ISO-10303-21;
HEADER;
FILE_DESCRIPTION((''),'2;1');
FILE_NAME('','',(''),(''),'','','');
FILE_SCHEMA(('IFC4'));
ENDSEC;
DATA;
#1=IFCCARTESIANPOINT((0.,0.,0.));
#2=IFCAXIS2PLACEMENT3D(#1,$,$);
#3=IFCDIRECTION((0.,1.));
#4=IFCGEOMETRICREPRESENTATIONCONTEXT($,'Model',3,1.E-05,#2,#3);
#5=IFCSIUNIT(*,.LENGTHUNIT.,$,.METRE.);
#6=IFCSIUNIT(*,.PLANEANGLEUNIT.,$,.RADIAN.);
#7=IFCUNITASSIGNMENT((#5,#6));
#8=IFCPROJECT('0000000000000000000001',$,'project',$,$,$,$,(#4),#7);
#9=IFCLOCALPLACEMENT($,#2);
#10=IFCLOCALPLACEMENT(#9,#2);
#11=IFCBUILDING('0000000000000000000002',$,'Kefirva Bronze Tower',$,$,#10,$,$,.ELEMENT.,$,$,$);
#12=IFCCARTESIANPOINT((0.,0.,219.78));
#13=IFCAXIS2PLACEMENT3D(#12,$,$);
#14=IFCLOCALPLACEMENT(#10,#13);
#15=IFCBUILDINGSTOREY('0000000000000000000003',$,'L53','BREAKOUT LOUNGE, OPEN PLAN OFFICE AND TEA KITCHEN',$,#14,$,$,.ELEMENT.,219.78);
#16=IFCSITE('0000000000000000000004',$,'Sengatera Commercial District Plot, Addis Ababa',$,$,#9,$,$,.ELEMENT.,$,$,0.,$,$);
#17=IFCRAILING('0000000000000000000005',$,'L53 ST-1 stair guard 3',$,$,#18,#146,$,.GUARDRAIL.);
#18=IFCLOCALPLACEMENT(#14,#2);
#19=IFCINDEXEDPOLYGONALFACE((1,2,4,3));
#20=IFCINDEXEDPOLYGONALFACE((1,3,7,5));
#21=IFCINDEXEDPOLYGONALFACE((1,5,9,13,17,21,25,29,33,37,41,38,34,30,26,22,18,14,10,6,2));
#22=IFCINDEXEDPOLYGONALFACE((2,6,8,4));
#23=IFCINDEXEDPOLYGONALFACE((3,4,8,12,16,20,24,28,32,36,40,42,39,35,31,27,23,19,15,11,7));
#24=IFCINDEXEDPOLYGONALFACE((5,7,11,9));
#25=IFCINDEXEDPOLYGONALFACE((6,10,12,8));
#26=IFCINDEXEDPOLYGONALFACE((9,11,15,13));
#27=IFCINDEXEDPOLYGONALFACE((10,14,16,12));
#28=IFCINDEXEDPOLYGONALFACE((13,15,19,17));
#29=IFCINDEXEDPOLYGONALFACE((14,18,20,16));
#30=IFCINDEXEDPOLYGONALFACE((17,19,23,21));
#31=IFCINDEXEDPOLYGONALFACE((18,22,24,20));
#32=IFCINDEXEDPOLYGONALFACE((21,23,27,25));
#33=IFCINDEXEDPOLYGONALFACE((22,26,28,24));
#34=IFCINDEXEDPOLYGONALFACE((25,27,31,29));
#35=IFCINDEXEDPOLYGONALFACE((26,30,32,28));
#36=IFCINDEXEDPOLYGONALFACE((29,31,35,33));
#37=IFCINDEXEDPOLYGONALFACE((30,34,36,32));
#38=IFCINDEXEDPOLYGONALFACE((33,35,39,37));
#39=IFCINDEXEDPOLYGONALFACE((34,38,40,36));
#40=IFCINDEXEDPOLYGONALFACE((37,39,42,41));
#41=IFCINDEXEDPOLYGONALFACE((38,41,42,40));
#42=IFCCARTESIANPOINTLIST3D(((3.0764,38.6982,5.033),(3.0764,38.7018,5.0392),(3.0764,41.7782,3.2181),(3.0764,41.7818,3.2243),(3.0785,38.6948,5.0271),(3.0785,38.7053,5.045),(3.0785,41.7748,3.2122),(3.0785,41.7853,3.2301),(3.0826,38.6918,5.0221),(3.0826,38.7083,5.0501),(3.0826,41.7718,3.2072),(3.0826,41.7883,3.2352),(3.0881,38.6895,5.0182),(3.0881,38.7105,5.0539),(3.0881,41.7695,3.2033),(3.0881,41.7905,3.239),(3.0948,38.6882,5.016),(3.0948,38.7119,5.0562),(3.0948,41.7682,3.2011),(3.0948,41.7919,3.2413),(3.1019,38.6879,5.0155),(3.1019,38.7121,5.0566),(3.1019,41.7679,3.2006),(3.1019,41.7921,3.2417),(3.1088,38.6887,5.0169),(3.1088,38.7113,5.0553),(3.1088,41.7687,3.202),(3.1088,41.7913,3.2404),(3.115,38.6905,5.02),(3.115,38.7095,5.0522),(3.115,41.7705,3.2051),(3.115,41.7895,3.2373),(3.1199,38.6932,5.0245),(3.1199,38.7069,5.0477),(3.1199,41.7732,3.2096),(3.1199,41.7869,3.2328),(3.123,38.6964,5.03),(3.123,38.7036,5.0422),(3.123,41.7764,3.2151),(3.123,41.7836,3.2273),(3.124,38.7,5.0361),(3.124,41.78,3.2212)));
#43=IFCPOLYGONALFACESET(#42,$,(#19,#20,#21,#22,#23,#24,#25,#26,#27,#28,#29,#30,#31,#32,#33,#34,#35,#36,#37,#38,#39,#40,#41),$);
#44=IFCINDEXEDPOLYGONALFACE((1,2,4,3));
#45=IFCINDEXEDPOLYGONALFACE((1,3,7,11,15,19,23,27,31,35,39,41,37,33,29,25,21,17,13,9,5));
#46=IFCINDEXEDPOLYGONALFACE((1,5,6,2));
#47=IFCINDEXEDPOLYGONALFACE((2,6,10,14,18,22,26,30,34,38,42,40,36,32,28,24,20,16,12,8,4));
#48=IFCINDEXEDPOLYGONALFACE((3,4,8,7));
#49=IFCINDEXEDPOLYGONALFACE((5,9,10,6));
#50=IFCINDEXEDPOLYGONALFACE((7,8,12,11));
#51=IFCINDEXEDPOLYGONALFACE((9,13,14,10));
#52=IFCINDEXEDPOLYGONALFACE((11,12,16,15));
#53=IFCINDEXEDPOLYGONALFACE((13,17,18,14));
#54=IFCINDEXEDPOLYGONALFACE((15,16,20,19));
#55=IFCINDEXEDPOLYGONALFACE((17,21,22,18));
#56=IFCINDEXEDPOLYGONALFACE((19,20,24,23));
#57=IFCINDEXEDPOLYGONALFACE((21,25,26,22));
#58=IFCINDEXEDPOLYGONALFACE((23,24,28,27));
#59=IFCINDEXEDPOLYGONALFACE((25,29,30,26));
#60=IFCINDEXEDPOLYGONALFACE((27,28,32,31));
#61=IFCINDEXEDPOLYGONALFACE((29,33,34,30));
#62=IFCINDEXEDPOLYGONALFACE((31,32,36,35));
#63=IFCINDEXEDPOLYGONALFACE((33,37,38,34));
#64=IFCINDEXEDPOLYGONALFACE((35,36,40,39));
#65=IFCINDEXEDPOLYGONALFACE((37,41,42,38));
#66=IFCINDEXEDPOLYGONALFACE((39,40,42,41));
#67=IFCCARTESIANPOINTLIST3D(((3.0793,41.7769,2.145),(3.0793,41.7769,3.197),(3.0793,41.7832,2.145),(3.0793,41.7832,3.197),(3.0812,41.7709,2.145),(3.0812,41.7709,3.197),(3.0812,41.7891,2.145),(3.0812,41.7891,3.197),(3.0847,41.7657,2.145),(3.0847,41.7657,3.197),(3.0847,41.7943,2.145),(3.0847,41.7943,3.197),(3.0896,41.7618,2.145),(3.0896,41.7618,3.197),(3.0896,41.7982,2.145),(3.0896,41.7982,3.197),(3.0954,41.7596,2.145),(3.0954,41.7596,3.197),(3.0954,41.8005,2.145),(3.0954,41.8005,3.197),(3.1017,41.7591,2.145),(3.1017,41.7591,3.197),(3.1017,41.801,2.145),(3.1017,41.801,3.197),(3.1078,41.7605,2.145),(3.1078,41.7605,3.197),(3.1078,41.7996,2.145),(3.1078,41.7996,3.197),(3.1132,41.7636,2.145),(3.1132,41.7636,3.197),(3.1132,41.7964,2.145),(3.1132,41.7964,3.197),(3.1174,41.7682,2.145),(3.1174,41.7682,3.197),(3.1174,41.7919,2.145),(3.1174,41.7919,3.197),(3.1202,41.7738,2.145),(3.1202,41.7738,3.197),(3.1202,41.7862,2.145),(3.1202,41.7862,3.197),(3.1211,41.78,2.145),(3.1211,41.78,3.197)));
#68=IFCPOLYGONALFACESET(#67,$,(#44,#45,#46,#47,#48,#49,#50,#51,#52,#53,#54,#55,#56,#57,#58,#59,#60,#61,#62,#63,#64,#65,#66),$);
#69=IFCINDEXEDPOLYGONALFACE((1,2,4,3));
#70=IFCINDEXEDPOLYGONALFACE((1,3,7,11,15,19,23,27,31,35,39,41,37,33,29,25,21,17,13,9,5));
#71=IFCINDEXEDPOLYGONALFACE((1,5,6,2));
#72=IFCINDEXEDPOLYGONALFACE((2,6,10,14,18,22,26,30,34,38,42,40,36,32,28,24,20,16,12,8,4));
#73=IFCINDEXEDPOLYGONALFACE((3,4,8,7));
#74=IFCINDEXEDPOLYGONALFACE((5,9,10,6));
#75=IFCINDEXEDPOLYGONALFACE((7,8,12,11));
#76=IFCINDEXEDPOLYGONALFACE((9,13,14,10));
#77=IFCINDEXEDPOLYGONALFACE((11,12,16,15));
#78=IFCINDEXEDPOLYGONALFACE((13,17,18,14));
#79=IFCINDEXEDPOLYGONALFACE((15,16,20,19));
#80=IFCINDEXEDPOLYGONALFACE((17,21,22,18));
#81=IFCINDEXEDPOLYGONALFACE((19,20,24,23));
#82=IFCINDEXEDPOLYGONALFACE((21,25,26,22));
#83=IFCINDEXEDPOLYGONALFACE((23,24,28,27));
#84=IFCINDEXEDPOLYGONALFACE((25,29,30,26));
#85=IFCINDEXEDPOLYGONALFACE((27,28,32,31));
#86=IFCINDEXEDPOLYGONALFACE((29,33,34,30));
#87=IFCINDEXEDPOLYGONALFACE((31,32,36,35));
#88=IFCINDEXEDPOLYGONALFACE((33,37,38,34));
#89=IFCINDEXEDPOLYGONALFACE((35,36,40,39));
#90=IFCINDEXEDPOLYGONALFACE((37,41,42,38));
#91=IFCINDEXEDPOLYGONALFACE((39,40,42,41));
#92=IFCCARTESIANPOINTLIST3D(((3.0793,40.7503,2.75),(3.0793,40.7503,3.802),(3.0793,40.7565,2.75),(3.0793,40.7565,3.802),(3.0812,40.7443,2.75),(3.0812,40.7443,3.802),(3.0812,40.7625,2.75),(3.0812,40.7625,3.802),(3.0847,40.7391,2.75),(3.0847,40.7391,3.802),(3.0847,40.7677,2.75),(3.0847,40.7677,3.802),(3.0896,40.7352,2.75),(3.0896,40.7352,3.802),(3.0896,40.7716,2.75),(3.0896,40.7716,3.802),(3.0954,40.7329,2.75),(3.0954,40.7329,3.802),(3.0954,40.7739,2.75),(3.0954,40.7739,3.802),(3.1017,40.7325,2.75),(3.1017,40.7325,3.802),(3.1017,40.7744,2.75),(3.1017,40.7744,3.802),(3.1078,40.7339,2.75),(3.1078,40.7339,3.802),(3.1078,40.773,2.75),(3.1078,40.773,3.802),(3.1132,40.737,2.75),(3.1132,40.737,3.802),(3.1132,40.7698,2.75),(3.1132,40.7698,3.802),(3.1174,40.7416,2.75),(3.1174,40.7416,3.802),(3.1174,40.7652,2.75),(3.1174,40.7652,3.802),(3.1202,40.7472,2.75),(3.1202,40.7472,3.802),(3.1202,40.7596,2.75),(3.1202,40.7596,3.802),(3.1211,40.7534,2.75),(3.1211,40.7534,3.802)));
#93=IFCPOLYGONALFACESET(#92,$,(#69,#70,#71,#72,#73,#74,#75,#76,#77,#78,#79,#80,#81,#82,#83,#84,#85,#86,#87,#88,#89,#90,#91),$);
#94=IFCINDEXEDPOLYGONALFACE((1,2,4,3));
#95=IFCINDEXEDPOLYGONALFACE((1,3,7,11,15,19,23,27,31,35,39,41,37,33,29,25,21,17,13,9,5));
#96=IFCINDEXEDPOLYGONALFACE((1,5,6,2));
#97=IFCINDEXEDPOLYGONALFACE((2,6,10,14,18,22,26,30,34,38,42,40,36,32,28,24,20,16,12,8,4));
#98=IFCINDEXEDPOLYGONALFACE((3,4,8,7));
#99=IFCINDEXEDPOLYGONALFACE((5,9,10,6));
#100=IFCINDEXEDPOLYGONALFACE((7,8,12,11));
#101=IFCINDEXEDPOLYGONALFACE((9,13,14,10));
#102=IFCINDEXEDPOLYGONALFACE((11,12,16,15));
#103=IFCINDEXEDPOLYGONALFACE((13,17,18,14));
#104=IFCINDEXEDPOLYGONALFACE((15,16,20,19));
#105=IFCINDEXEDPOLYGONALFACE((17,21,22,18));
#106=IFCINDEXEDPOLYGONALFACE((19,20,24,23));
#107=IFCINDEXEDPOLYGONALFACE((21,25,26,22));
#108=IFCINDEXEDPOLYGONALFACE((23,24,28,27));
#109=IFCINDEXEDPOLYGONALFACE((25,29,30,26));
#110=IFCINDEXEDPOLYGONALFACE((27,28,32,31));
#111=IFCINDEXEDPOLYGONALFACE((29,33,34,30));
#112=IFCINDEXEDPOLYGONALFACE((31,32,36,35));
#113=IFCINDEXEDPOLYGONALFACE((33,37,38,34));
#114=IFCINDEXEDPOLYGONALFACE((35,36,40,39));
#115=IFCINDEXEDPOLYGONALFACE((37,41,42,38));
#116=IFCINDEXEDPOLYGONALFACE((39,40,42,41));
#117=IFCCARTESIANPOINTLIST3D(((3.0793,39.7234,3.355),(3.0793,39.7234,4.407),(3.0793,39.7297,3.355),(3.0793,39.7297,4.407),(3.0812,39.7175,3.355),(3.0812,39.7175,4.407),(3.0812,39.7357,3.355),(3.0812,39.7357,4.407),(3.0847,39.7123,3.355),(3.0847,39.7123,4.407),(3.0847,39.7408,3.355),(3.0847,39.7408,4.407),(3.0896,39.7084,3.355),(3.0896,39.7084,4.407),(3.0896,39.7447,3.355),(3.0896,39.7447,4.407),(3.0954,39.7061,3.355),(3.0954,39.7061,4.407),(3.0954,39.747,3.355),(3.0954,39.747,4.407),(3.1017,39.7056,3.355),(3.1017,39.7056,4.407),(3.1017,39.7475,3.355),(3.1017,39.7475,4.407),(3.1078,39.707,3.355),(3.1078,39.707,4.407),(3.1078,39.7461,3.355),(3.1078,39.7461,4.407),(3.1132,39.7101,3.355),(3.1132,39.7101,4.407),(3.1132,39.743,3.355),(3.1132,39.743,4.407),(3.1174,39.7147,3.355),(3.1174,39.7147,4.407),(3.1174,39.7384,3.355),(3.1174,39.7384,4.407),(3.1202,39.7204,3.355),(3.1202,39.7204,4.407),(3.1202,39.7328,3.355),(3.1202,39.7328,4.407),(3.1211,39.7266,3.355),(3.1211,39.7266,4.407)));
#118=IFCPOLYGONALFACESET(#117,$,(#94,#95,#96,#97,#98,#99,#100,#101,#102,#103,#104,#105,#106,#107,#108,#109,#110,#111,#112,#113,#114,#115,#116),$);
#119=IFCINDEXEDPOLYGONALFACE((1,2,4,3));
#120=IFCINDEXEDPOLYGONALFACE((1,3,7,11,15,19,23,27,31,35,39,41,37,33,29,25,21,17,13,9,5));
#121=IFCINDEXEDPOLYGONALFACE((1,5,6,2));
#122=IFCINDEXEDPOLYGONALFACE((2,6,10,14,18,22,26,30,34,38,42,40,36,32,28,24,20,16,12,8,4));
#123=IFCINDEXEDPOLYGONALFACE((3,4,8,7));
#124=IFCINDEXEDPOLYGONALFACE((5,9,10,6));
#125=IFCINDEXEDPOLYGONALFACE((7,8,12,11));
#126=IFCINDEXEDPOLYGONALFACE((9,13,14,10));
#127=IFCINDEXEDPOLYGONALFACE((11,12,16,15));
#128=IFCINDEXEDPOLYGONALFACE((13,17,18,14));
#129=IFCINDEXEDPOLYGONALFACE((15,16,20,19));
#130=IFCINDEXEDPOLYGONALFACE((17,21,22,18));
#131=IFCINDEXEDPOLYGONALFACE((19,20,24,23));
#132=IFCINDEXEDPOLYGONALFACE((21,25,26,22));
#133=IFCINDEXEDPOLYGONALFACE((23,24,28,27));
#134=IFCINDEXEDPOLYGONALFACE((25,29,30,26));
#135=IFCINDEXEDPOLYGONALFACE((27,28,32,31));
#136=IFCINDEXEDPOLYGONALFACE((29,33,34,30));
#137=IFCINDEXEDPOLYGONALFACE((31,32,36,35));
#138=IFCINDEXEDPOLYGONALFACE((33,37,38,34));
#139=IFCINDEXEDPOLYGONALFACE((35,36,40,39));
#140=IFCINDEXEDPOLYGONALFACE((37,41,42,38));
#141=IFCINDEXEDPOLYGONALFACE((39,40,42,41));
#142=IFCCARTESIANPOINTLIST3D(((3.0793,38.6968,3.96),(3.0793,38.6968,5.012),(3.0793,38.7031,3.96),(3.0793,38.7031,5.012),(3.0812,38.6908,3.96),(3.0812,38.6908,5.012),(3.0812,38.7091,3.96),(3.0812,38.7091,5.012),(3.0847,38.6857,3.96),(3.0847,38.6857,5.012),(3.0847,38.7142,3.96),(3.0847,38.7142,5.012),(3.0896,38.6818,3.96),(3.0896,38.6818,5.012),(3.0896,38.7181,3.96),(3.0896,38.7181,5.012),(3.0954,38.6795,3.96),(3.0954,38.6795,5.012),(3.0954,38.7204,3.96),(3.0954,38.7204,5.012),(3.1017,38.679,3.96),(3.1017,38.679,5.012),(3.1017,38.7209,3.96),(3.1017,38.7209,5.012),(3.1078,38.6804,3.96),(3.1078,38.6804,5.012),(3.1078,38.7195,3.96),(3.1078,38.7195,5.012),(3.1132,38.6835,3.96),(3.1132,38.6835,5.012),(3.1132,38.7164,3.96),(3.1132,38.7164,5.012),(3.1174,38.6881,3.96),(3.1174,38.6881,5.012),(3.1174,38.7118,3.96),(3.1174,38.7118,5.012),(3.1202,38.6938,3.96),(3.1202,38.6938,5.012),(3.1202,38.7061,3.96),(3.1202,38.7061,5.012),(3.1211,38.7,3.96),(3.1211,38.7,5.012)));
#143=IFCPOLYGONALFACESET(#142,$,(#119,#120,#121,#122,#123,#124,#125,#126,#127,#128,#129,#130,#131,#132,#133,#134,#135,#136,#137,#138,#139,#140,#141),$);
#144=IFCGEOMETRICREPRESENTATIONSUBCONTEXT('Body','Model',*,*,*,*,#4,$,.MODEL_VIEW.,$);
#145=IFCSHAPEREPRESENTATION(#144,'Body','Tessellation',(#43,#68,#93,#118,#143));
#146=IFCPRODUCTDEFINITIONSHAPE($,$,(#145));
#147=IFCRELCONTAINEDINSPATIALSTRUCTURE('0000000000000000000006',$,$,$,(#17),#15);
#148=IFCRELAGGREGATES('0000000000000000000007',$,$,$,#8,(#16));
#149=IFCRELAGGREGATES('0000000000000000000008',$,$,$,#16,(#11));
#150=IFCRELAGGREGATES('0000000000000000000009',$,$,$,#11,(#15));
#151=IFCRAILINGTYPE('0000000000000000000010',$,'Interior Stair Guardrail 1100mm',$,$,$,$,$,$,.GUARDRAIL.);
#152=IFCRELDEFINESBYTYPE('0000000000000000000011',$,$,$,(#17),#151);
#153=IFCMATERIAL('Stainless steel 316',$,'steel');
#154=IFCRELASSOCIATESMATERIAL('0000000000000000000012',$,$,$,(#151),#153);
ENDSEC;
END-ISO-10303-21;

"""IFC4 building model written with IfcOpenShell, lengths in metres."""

from ifc_helpers import new_model, si_unit, direction, frame, origin, origin_2d, place, context, subcontext, project, spatial, circle, extrude, material, type_object, element, save


model = new_model("IFC4")

# Units and contexts
model_context = context("Model", 3, precision=1e-05, world=origin(), true_north=direction((0.0, 1.0)))
body_context = subcontext(model_context, "Body", "Model", "MODEL_VIEW")
ifc_project = project(units=[si_unit("LENGTHUNIT", "METRE"), si_unit("PLANEANGLEUNIT", "RADIAN")], contexts=[model_context])

# Site, building, storey
site_placement = place(None, origin())
site = spatial("IfcSite", under=ifc_project, at=site_placement, Name="Sengatera Commercial District Plot, Addis Ababa", CompositionType="ELEMENT", RefElevation=0.0)
building_placement = place(site_placement, origin())
building = spatial("IfcBuilding", under=site, at=building_placement, Name="Kefirva Bronze Tower", CompositionType="ELEMENT")
storey_placement = place(building_placement, frame((0.0, 0.0, 219.78)))
storey = spatial("IfcBuildingStorey", under=building, at=storey_placement, Name="L53", Description="BREAKOUT LOUNGE, OPEN PLAN OFFICE AND TEA KITCHEN", CompositionType="ELEMENT", Elevation=219.78)

# Railing
ifc_material_1 = material(Name="Stainless steel 316", Category="steel")
railing_type_1 = type_object("IfcRailingType", Name="Interior Stair Guardrail 1100mm", PredefinedType="GUARDRAIL", material=ifc_material_1)
railing_1_placement = place(storey_placement, frame((3.1001, 41.78, 2.145)))
element("IfcRailing", 1, at=railing_1_placement, inside=storey, type_object=railing_type_1, Name="L53 ST-1 stair guard 3", PredefinedType="GUARDRAIL", context=body_context, shape_type="SweptSolid", body=[
    extrude(circle(Radius=0.0239, at=origin_2d()), frame((0.0, 0.0, 1.0762), z_axis=(0.0, -0.861551, 0.507671), x_axis=(1.0, 0.0, 0.0)), (0.0, 0.0, 1.0), 3.575),
    extrude(circle(Radius=0.021, at=origin_2d()), origin(), (0.0, 0.0, 1.0), 1.052),
    extrude(circle(Radius=0.021, at=origin_2d()), frame((0.0, -1.0266, 0.605)), (0.0, 0.0, 1.0), 1.052),
    extrude(circle(Radius=0.021, at=origin_2d()), frame((0.0, -2.0535, 1.21)), (0.0, 0.0, 1.0), 1.052),
    extrude(circle(Radius=0.021, at=origin_2d()), frame((0.0, -3.0801, 1.8149)), (0.0, 0.0, 1.0), 1.052),
])

save(model, "model.ifc")
